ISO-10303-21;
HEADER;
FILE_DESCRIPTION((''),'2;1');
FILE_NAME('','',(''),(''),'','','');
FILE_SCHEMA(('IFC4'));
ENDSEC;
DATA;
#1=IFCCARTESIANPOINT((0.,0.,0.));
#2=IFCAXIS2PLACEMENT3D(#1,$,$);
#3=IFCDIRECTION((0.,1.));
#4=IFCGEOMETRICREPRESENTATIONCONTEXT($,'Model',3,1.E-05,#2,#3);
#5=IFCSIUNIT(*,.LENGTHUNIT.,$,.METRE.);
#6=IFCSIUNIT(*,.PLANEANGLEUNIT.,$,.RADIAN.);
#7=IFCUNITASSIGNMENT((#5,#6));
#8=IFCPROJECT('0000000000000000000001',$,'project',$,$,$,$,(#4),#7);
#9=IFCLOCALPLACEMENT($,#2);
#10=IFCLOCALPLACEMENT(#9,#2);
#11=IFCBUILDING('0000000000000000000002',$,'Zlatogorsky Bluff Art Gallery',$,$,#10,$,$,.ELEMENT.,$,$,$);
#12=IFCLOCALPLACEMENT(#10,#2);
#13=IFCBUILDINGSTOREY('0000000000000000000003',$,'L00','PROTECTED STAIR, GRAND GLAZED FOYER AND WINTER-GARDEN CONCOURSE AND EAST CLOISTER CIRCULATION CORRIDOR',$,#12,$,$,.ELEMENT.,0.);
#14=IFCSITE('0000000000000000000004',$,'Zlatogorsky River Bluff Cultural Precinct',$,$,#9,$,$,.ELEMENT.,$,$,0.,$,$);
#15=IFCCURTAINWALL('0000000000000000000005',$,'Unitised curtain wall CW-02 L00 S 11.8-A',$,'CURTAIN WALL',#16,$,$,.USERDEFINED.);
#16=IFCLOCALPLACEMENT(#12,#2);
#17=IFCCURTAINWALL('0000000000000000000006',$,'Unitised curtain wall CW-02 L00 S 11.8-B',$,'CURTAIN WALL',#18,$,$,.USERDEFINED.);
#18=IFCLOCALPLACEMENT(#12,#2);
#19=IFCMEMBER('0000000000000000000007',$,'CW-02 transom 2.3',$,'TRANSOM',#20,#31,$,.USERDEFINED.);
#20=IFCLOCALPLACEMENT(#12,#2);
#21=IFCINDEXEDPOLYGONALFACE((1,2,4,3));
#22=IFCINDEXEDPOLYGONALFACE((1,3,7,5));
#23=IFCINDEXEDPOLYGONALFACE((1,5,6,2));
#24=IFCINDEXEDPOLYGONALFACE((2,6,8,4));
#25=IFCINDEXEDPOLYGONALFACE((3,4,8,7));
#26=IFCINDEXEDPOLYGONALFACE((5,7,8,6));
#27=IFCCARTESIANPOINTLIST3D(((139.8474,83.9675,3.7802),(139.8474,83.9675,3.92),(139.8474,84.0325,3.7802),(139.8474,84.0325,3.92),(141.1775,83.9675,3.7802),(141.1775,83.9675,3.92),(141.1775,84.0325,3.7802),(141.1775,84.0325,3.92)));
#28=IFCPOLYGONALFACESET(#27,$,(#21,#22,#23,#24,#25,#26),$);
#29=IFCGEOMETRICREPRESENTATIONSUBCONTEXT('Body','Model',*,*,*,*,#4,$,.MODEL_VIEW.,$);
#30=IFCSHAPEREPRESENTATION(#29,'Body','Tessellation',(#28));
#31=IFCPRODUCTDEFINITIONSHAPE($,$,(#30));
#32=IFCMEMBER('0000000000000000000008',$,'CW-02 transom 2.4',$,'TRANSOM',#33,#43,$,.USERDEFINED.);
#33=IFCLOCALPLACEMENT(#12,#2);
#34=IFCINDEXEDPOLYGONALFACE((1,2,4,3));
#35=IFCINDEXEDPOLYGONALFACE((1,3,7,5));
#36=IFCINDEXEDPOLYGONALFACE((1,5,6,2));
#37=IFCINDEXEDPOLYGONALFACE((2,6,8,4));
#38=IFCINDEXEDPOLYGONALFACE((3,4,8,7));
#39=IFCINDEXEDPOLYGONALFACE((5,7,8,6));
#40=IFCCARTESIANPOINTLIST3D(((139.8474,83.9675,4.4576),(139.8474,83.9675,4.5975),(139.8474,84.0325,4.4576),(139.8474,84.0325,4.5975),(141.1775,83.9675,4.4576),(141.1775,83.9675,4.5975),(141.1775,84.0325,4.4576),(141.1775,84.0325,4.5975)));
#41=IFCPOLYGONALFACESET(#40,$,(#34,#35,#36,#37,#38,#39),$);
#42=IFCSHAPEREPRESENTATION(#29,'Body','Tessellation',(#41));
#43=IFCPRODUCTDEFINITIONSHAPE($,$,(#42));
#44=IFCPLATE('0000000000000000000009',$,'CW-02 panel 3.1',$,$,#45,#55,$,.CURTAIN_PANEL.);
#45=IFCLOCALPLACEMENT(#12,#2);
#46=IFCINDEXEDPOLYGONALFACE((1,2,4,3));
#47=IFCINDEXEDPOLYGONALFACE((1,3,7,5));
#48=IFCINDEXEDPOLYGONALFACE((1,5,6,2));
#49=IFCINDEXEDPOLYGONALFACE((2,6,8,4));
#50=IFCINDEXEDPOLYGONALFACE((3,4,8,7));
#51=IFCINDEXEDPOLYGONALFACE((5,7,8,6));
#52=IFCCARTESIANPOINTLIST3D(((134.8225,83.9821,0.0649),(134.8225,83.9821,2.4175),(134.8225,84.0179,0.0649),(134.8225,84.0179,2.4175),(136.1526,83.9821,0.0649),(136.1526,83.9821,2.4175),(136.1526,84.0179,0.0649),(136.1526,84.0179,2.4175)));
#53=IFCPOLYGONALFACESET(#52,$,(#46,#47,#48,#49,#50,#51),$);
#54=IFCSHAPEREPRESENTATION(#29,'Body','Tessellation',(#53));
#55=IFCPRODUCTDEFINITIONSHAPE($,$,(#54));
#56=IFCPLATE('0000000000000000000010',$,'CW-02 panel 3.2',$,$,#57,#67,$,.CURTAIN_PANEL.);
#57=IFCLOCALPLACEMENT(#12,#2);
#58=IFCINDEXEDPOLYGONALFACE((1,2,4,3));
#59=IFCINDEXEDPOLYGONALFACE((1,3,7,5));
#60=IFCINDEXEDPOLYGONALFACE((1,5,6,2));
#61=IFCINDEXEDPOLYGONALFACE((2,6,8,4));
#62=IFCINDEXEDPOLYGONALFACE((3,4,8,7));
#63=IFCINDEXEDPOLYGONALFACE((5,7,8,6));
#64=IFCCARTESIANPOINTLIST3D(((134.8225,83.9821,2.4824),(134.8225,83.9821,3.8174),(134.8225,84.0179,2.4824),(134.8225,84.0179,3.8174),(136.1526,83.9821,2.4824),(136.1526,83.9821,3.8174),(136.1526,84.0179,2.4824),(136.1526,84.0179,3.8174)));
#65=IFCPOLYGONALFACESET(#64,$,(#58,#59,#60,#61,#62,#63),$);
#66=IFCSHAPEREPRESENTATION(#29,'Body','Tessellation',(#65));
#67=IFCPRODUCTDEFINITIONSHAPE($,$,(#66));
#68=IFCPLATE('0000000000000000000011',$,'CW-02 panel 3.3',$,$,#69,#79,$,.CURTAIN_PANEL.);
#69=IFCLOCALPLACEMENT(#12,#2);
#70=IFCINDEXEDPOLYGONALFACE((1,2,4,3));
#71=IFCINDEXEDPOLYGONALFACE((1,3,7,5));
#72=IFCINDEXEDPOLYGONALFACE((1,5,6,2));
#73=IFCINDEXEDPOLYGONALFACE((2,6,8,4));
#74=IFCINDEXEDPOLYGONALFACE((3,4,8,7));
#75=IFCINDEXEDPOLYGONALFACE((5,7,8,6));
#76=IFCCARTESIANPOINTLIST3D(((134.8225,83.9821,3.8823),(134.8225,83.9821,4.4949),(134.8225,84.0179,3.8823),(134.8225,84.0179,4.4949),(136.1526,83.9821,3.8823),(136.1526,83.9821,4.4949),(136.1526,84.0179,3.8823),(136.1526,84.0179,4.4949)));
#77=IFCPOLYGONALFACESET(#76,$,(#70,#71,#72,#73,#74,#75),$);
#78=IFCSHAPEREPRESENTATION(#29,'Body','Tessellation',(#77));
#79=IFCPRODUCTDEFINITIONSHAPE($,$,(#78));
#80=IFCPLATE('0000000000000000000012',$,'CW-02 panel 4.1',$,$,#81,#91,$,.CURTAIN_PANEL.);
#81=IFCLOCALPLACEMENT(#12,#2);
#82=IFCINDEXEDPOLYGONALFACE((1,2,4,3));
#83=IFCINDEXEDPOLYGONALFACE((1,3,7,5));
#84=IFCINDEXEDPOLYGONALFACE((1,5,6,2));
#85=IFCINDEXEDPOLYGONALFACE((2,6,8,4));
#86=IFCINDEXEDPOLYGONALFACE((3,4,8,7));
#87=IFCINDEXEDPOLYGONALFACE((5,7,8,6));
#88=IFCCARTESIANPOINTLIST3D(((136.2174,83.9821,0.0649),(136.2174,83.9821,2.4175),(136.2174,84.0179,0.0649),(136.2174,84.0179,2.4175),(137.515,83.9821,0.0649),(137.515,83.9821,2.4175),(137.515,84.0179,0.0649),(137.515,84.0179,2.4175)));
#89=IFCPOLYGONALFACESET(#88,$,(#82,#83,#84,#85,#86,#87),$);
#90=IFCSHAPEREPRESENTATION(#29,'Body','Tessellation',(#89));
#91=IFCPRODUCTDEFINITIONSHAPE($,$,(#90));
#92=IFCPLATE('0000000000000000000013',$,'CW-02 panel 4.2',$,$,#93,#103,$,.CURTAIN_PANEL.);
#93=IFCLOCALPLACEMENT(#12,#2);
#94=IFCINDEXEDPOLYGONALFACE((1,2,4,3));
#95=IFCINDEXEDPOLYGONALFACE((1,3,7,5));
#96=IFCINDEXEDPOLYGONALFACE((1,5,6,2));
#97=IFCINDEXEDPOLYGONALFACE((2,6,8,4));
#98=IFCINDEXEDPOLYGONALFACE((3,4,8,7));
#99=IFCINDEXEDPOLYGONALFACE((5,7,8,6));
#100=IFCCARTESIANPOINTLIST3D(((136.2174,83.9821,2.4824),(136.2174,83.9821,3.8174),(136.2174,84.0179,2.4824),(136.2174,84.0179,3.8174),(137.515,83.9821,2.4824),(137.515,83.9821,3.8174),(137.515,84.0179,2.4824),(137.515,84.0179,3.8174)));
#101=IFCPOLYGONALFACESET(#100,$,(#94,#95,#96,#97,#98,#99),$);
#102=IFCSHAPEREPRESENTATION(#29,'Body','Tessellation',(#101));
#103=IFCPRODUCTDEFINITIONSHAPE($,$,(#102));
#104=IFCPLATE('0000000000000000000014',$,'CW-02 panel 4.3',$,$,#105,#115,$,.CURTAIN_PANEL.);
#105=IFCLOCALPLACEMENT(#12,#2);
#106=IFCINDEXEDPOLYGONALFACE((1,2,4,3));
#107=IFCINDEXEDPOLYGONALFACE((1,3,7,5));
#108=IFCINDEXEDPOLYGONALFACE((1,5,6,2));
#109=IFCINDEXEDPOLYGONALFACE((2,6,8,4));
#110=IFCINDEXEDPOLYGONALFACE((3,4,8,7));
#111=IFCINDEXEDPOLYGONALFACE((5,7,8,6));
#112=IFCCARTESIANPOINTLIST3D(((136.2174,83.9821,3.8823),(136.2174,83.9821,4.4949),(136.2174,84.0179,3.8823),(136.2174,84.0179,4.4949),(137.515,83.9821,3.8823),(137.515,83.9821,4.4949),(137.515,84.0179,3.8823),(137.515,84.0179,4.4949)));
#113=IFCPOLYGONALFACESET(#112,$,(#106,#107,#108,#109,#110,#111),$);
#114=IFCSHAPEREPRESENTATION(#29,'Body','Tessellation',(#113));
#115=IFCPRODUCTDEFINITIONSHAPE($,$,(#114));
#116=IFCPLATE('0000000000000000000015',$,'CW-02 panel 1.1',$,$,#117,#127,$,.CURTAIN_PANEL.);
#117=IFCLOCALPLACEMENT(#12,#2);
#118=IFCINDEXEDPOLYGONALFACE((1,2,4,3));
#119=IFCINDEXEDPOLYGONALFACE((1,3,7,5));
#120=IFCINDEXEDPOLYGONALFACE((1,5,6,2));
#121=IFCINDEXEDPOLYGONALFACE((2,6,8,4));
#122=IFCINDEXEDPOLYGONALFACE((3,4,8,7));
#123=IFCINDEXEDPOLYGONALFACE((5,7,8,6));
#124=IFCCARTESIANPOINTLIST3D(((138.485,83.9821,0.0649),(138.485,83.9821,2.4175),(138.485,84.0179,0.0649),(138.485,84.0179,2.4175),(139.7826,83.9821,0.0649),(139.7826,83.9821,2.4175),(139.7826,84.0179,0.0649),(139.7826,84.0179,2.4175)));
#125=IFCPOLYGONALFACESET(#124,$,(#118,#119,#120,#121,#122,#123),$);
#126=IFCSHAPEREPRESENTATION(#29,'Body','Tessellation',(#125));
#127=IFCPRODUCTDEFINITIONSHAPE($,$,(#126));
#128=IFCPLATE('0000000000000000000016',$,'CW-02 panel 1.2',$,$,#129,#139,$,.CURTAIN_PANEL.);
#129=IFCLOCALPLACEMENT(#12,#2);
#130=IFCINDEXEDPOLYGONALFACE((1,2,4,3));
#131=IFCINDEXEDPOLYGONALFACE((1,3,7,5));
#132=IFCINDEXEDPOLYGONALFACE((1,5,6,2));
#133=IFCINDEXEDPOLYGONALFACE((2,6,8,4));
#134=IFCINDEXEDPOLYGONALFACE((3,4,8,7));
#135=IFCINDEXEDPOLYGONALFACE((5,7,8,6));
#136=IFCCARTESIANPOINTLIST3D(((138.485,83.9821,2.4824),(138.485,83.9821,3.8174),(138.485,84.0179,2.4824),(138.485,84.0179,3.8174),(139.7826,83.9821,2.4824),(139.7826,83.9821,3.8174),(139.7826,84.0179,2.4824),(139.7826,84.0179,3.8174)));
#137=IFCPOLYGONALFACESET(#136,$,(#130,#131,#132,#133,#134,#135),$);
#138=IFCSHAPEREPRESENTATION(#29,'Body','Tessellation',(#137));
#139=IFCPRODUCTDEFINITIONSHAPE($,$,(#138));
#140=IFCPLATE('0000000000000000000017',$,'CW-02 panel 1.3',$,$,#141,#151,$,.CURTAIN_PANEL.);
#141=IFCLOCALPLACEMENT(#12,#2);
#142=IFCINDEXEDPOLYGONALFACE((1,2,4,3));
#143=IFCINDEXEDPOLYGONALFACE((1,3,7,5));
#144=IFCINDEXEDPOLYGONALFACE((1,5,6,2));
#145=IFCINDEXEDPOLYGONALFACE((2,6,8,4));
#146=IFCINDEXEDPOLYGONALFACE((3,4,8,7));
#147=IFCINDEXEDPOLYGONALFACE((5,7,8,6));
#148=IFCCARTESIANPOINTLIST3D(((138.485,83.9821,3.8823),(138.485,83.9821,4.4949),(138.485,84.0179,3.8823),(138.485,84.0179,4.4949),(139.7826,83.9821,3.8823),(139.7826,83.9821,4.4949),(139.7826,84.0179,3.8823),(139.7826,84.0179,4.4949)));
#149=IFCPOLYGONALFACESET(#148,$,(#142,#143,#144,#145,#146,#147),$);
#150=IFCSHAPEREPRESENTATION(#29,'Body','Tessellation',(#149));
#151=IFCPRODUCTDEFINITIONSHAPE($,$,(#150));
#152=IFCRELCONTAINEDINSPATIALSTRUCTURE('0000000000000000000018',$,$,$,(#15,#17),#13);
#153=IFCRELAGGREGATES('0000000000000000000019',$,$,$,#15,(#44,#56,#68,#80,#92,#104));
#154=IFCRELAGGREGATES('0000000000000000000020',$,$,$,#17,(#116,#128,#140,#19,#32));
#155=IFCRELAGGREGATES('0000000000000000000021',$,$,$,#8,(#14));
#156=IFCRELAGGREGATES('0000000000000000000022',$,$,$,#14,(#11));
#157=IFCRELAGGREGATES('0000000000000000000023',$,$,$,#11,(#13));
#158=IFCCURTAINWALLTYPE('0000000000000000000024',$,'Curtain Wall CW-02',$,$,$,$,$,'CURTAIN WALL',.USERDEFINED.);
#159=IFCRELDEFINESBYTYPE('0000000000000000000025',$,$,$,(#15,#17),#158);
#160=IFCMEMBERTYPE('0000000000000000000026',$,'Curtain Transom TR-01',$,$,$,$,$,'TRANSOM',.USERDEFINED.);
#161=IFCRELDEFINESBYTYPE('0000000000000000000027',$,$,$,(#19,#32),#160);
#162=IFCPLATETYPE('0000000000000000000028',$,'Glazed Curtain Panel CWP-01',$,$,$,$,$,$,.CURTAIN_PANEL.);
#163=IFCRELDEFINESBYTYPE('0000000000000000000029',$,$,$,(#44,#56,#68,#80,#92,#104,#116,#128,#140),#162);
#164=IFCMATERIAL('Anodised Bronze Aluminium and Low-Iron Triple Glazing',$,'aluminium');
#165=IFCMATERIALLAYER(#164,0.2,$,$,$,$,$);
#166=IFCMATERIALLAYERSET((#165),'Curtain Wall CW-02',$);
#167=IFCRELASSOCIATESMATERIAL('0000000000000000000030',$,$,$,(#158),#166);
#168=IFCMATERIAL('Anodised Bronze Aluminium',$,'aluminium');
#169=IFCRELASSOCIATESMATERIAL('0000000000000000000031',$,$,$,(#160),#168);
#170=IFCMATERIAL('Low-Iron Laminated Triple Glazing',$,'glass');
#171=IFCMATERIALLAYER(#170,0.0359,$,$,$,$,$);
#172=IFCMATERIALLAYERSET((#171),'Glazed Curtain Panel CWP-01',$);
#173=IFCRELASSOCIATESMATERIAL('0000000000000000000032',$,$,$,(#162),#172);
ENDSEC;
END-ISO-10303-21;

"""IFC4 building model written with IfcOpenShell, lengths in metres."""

from ifc_helpers import new_model, si_unit, direction, frame, origin, origin_2d, place, context, subcontext, project, spatial, rectangle, extrude, material, layer, layer_set, material_profile, profile_set, type_object, element, aggregate, save


model = new_model("IFC4")

# Units and contexts
model_context = context("Model", 3, precision=1e-05, world=origin(), true_north=direction((0.0, 1.0)))
body_context = subcontext(model_context, "Body", "Model", "MODEL_VIEW")
ifc_project = project(units=[si_unit("LENGTHUNIT", "METRE"), si_unit("PLANEANGLEUNIT", "RADIAN")], contexts=[model_context])

# Site, building, storey
site_placement = place(None, origin())
site = spatial("IfcSite", under=ifc_project, at=site_placement, Name="Zlatogorsky River Bluff Cultural Precinct", CompositionType="ELEMENT", RefElevation=0.0)
building_placement = place(site_placement, origin())
building = spatial("IfcBuilding", under=site, at=building_placement, Name="Zlatogorsky Bluff Art Gallery", CompositionType="ELEMENT")
storey_placement = place(building_placement, origin())
storey = spatial("IfcBuildingStorey", under=building, at=storey_placement, Name="L00", Description="PROTECTED STAIR, GRAND GLAZED FOYER AND WINTER-GARDEN CONCOURSE AND EAST CLOISTER CIRCULATION CORRIDOR", CompositionType="ELEMENT", Elevation=0.0)

# Curtain walls
ifc_material_1 = material(Name="Anodised Bronze Aluminium and Low-Iron Triple Glazing", Category="aluminium")
ifc_layer_1 = layer(ifc_material_1, 0.2)
ifc_layer_set_1 = layer_set([ifc_layer_1], Name="Curtain Wall CW-02")
curtain_wall_type = type_object("IfcCurtainWallType", Name="Curtain Wall CW-02", ElementType="CURTAIN WALL", PredefinedType="USERDEFINED", material=ifc_layer_set_1)
curtain_wall_1_placement = place(storey_placement, origin())
curtain_wall_1 = element("IfcCurtainWall", 1, at=curtain_wall_1_placement, inside=storey, type_object=curtain_wall_type, Name="Unitised curtain wall CW-02 L00 S 11.8-A", ObjectType="CURTAIN WALL", PredefinedType="USERDEFINED")
ifc_material_2 = material(Name="Anodised Bronze Aluminium", Category="aluminium")
curtain_wall_2_placement = place(storey_placement, origin())
curtain_wall_2 = element("IfcCurtainWall", 2, at=curtain_wall_2_placement, inside=storey, type_object=curtain_wall_type, Name="Unitised curtain wall CW-02 L00 S 11.8-B", ObjectType="CURTAIN WALL", PredefinedType="USERDEFINED")

# Members
ifc_material_profile_1 = material_profile(ifc_material_2, rectangle(XDim=0.0649, YDim=0.1399, at=origin_2d()), Name="ALU TRANSOM 65x140")
ifc_profile_set_1 = profile_set([ifc_material_profile_1], Name="Anodised Bronze Aluminium")
member_type_1 = type_object("IfcMemberType", Name="Curtain Transom TR-01", ElementType="TRANSOM", PredefinedType="USERDEFINED", material=ifc_profile_set_1)
member_1_placement = place(storey_placement, frame((139.8474, 84.0, 3.8501), z_axis=(1.0, 0.0, 0.0), x_axis=(0.0, 1.0, 0.0)))
member_1 = element("IfcMember", 3, at=member_1_placement, type_object=member_type_1, Name="CW-02 transom 2.3", ObjectType="TRANSOM", PredefinedType="USERDEFINED", context=body_context, shape_type="SweptSolid", body=[
    extrude(rectangle(XDim=0.0649, YDim=0.1399, at=origin_2d()), origin(), (0.0, 0.0, 1.0), 1.3301),
])
member_2_placement = place(storey_placement, frame((139.8474, 84.0, 4.5276), z_axis=(1.0, 0.0, 0.0), x_axis=(0.0, 1.0, 0.0)))
member_2 = element("IfcMember", 4, at=member_2_placement, type_object=member_type_1, Name="CW-02 transom 2.4", ObjectType="TRANSOM", PredefinedType="USERDEFINED", context=body_context, shape_type="SweptSolid", body=[
    extrude(rectangle(XDim=0.0649, YDim=0.1399, at=origin_2d()), origin(), (0.0, 0.0, 1.0), 1.3301),
])

# Plates
ifc_material_3 = material(Name="Low-Iron Laminated Triple Glazing", Category="glass")
ifc_layer_2 = layer(ifc_material_3, 0.0359)
ifc_layer_set_2 = layer_set([ifc_layer_2], Name="Glazed Curtain Panel CWP-01")
plate_type = type_object("IfcPlateType", Name="Glazed Curtain Panel CWP-01", PredefinedType="CURTAIN_PANEL", material=ifc_layer_set_2)
plate_1_placement = place(storey_placement, frame((135.4875, 84.0, 0.0649), z_axis=(0.0, 0.0, 1.0), x_axis=(1.0, 0.0, 0.0)))
plate_1 = element("IfcPlate", 5, at=plate_1_placement, type_object=plate_type, Name="CW-02 panel 3.1", PredefinedType="CURTAIN_PANEL", context=body_context, shape_type="SweptSolid", body=[
    extrude(rectangle(XDim=1.3301, YDim=0.0359, at=origin_2d()), origin(), (0.0, 0.0, 1.0), 2.3525),
])
plate_2_placement = place(storey_placement, frame((135.4875, 84.0, 2.4824), z_axis=(0.0, 0.0, 1.0), x_axis=(1.0, 0.0, 0.0)))
plate_2 = element("IfcPlate", 6, at=plate_2_placement, type_object=plate_type, Name="CW-02 panel 3.2", PredefinedType="CURTAIN_PANEL", context=body_context, shape_type="SweptSolid", body=[
    extrude(rectangle(XDim=1.3301, YDim=0.0359, at=origin_2d()), origin(), (0.0, 0.0, 1.0), 1.335),
])
plate_3_placement = place(storey_placement, frame((135.4875, 84.0, 3.8823), z_axis=(0.0, 0.0, 1.0), x_axis=(1.0, 0.0, 0.0)))
plate_3 = element("IfcPlate", 7, at=plate_3_placement, type_object=plate_type, Name="CW-02 panel 3.3", PredefinedType="CURTAIN_PANEL", context=body_context, shape_type="SweptSolid", body=[
    extrude(rectangle(XDim=1.3301, YDim=0.0359, at=origin_2d()), origin(), (0.0, 0.0, 1.0), 0.6125),
])
plate_4_placement = place(storey_placement, frame((136.8662, 84.0, 0.0649), z_axis=(0.0, 0.0, 1.0), x_axis=(1.0, 0.0, 0.0)))
plate_4 = element("IfcPlate", 8, at=plate_4_placement, type_object=plate_type, Name="CW-02 panel 4.1", PredefinedType="CURTAIN_PANEL", context=body_context, shape_type="SweptSolid", body=[
    extrude(rectangle(XDim=1.2976, YDim=0.0359, at=origin_2d()), origin(), (0.0, 0.0, 1.0), 2.3525),
])
plate_5_placement = place(storey_placement, frame((136.8662, 84.0, 2.4824), z_axis=(0.0, 0.0, 1.0), x_axis=(1.0, 0.0, 0.0)))
plate_5 = element("IfcPlate", 9, at=plate_5_placement, type_object=plate_type, Name="CW-02 panel 4.2", PredefinedType="CURTAIN_PANEL", context=body_context, shape_type="SweptSolid", body=[
    extrude(rectangle(XDim=1.2976, YDim=0.0359, at=origin_2d()), origin(), (0.0, 0.0, 1.0), 1.335),
])
plate_6_placement = place(storey_placement, frame((136.8662, 84.0, 3.8823), z_axis=(0.0, 0.0, 1.0), x_axis=(1.0, 0.0, 0.0)))
plate_6 = element("IfcPlate", 10, at=plate_6_placement, type_object=plate_type, Name="CW-02 panel 4.3", PredefinedType="CURTAIN_PANEL", context=body_context, shape_type="SweptSolid", body=[
    extrude(rectangle(XDim=1.2976, YDim=0.0359, at=origin_2d()), origin(), (0.0, 0.0, 1.0), 0.6125),
])
aggregate(curtain_wall_1, [plate_1, plate_2, plate_3, plate_4, plate_5, plate_6])
plate_7_placement = place(storey_placement, frame((139.1338, 84.0, 0.0649), z_axis=(0.0, 0.0, 1.0), x_axis=(1.0, 0.0, 0.0)))
plate_7 = element("IfcPlate", 11, at=plate_7_placement, type_object=plate_type, Name="CW-02 panel 1.1", PredefinedType="CURTAIN_PANEL", context=body_context, shape_type="SweptSolid", body=[
    extrude(rectangle(XDim=1.2976, YDim=0.0359, at=origin_2d()), origin(), (0.0, 0.0, 1.0), 2.3525),
])
plate_8_placement = place(storey_placement, frame((139.1338, 84.0, 2.4824), z_axis=(0.0, 0.0, 1.0), x_axis=(1.0, 0.0, 0.0)))
plate_8 = element("IfcPlate", 12, at=plate_8_placement, type_object=plate_type, Name="CW-02 panel 1.2", PredefinedType="CURTAIN_PANEL", context=body_context, shape_type="SweptSolid", body=[
    extrude(rectangle(XDim=1.2976, YDim=0.0359, at=origin_2d()), origin(), (0.0, 0.0, 1.0), 1.335),
])
plate_9_placement = place(storey_placement, frame((139.1338, 84.0, 3.8823), z_axis=(0.0, 0.0, 1.0), x_axis=(1.0, 0.0, 0.0)))
plate_9 = element("IfcPlate", 13, at=plate_9_placement, type_object=plate_type, Name="CW-02 panel 1.3", PredefinedType="CURTAIN_PANEL", context=body_context, shape_type="SweptSolid", body=[
    extrude(rectangle(XDim=1.2976, YDim=0.0359, at=origin_2d()), origin(), (0.0, 0.0, 1.0), 0.6125),
])
aggregate(curtain_wall_2, [plate_7, plate_8, plate_9, member_1, member_2])

save(model, "model.ifc")
